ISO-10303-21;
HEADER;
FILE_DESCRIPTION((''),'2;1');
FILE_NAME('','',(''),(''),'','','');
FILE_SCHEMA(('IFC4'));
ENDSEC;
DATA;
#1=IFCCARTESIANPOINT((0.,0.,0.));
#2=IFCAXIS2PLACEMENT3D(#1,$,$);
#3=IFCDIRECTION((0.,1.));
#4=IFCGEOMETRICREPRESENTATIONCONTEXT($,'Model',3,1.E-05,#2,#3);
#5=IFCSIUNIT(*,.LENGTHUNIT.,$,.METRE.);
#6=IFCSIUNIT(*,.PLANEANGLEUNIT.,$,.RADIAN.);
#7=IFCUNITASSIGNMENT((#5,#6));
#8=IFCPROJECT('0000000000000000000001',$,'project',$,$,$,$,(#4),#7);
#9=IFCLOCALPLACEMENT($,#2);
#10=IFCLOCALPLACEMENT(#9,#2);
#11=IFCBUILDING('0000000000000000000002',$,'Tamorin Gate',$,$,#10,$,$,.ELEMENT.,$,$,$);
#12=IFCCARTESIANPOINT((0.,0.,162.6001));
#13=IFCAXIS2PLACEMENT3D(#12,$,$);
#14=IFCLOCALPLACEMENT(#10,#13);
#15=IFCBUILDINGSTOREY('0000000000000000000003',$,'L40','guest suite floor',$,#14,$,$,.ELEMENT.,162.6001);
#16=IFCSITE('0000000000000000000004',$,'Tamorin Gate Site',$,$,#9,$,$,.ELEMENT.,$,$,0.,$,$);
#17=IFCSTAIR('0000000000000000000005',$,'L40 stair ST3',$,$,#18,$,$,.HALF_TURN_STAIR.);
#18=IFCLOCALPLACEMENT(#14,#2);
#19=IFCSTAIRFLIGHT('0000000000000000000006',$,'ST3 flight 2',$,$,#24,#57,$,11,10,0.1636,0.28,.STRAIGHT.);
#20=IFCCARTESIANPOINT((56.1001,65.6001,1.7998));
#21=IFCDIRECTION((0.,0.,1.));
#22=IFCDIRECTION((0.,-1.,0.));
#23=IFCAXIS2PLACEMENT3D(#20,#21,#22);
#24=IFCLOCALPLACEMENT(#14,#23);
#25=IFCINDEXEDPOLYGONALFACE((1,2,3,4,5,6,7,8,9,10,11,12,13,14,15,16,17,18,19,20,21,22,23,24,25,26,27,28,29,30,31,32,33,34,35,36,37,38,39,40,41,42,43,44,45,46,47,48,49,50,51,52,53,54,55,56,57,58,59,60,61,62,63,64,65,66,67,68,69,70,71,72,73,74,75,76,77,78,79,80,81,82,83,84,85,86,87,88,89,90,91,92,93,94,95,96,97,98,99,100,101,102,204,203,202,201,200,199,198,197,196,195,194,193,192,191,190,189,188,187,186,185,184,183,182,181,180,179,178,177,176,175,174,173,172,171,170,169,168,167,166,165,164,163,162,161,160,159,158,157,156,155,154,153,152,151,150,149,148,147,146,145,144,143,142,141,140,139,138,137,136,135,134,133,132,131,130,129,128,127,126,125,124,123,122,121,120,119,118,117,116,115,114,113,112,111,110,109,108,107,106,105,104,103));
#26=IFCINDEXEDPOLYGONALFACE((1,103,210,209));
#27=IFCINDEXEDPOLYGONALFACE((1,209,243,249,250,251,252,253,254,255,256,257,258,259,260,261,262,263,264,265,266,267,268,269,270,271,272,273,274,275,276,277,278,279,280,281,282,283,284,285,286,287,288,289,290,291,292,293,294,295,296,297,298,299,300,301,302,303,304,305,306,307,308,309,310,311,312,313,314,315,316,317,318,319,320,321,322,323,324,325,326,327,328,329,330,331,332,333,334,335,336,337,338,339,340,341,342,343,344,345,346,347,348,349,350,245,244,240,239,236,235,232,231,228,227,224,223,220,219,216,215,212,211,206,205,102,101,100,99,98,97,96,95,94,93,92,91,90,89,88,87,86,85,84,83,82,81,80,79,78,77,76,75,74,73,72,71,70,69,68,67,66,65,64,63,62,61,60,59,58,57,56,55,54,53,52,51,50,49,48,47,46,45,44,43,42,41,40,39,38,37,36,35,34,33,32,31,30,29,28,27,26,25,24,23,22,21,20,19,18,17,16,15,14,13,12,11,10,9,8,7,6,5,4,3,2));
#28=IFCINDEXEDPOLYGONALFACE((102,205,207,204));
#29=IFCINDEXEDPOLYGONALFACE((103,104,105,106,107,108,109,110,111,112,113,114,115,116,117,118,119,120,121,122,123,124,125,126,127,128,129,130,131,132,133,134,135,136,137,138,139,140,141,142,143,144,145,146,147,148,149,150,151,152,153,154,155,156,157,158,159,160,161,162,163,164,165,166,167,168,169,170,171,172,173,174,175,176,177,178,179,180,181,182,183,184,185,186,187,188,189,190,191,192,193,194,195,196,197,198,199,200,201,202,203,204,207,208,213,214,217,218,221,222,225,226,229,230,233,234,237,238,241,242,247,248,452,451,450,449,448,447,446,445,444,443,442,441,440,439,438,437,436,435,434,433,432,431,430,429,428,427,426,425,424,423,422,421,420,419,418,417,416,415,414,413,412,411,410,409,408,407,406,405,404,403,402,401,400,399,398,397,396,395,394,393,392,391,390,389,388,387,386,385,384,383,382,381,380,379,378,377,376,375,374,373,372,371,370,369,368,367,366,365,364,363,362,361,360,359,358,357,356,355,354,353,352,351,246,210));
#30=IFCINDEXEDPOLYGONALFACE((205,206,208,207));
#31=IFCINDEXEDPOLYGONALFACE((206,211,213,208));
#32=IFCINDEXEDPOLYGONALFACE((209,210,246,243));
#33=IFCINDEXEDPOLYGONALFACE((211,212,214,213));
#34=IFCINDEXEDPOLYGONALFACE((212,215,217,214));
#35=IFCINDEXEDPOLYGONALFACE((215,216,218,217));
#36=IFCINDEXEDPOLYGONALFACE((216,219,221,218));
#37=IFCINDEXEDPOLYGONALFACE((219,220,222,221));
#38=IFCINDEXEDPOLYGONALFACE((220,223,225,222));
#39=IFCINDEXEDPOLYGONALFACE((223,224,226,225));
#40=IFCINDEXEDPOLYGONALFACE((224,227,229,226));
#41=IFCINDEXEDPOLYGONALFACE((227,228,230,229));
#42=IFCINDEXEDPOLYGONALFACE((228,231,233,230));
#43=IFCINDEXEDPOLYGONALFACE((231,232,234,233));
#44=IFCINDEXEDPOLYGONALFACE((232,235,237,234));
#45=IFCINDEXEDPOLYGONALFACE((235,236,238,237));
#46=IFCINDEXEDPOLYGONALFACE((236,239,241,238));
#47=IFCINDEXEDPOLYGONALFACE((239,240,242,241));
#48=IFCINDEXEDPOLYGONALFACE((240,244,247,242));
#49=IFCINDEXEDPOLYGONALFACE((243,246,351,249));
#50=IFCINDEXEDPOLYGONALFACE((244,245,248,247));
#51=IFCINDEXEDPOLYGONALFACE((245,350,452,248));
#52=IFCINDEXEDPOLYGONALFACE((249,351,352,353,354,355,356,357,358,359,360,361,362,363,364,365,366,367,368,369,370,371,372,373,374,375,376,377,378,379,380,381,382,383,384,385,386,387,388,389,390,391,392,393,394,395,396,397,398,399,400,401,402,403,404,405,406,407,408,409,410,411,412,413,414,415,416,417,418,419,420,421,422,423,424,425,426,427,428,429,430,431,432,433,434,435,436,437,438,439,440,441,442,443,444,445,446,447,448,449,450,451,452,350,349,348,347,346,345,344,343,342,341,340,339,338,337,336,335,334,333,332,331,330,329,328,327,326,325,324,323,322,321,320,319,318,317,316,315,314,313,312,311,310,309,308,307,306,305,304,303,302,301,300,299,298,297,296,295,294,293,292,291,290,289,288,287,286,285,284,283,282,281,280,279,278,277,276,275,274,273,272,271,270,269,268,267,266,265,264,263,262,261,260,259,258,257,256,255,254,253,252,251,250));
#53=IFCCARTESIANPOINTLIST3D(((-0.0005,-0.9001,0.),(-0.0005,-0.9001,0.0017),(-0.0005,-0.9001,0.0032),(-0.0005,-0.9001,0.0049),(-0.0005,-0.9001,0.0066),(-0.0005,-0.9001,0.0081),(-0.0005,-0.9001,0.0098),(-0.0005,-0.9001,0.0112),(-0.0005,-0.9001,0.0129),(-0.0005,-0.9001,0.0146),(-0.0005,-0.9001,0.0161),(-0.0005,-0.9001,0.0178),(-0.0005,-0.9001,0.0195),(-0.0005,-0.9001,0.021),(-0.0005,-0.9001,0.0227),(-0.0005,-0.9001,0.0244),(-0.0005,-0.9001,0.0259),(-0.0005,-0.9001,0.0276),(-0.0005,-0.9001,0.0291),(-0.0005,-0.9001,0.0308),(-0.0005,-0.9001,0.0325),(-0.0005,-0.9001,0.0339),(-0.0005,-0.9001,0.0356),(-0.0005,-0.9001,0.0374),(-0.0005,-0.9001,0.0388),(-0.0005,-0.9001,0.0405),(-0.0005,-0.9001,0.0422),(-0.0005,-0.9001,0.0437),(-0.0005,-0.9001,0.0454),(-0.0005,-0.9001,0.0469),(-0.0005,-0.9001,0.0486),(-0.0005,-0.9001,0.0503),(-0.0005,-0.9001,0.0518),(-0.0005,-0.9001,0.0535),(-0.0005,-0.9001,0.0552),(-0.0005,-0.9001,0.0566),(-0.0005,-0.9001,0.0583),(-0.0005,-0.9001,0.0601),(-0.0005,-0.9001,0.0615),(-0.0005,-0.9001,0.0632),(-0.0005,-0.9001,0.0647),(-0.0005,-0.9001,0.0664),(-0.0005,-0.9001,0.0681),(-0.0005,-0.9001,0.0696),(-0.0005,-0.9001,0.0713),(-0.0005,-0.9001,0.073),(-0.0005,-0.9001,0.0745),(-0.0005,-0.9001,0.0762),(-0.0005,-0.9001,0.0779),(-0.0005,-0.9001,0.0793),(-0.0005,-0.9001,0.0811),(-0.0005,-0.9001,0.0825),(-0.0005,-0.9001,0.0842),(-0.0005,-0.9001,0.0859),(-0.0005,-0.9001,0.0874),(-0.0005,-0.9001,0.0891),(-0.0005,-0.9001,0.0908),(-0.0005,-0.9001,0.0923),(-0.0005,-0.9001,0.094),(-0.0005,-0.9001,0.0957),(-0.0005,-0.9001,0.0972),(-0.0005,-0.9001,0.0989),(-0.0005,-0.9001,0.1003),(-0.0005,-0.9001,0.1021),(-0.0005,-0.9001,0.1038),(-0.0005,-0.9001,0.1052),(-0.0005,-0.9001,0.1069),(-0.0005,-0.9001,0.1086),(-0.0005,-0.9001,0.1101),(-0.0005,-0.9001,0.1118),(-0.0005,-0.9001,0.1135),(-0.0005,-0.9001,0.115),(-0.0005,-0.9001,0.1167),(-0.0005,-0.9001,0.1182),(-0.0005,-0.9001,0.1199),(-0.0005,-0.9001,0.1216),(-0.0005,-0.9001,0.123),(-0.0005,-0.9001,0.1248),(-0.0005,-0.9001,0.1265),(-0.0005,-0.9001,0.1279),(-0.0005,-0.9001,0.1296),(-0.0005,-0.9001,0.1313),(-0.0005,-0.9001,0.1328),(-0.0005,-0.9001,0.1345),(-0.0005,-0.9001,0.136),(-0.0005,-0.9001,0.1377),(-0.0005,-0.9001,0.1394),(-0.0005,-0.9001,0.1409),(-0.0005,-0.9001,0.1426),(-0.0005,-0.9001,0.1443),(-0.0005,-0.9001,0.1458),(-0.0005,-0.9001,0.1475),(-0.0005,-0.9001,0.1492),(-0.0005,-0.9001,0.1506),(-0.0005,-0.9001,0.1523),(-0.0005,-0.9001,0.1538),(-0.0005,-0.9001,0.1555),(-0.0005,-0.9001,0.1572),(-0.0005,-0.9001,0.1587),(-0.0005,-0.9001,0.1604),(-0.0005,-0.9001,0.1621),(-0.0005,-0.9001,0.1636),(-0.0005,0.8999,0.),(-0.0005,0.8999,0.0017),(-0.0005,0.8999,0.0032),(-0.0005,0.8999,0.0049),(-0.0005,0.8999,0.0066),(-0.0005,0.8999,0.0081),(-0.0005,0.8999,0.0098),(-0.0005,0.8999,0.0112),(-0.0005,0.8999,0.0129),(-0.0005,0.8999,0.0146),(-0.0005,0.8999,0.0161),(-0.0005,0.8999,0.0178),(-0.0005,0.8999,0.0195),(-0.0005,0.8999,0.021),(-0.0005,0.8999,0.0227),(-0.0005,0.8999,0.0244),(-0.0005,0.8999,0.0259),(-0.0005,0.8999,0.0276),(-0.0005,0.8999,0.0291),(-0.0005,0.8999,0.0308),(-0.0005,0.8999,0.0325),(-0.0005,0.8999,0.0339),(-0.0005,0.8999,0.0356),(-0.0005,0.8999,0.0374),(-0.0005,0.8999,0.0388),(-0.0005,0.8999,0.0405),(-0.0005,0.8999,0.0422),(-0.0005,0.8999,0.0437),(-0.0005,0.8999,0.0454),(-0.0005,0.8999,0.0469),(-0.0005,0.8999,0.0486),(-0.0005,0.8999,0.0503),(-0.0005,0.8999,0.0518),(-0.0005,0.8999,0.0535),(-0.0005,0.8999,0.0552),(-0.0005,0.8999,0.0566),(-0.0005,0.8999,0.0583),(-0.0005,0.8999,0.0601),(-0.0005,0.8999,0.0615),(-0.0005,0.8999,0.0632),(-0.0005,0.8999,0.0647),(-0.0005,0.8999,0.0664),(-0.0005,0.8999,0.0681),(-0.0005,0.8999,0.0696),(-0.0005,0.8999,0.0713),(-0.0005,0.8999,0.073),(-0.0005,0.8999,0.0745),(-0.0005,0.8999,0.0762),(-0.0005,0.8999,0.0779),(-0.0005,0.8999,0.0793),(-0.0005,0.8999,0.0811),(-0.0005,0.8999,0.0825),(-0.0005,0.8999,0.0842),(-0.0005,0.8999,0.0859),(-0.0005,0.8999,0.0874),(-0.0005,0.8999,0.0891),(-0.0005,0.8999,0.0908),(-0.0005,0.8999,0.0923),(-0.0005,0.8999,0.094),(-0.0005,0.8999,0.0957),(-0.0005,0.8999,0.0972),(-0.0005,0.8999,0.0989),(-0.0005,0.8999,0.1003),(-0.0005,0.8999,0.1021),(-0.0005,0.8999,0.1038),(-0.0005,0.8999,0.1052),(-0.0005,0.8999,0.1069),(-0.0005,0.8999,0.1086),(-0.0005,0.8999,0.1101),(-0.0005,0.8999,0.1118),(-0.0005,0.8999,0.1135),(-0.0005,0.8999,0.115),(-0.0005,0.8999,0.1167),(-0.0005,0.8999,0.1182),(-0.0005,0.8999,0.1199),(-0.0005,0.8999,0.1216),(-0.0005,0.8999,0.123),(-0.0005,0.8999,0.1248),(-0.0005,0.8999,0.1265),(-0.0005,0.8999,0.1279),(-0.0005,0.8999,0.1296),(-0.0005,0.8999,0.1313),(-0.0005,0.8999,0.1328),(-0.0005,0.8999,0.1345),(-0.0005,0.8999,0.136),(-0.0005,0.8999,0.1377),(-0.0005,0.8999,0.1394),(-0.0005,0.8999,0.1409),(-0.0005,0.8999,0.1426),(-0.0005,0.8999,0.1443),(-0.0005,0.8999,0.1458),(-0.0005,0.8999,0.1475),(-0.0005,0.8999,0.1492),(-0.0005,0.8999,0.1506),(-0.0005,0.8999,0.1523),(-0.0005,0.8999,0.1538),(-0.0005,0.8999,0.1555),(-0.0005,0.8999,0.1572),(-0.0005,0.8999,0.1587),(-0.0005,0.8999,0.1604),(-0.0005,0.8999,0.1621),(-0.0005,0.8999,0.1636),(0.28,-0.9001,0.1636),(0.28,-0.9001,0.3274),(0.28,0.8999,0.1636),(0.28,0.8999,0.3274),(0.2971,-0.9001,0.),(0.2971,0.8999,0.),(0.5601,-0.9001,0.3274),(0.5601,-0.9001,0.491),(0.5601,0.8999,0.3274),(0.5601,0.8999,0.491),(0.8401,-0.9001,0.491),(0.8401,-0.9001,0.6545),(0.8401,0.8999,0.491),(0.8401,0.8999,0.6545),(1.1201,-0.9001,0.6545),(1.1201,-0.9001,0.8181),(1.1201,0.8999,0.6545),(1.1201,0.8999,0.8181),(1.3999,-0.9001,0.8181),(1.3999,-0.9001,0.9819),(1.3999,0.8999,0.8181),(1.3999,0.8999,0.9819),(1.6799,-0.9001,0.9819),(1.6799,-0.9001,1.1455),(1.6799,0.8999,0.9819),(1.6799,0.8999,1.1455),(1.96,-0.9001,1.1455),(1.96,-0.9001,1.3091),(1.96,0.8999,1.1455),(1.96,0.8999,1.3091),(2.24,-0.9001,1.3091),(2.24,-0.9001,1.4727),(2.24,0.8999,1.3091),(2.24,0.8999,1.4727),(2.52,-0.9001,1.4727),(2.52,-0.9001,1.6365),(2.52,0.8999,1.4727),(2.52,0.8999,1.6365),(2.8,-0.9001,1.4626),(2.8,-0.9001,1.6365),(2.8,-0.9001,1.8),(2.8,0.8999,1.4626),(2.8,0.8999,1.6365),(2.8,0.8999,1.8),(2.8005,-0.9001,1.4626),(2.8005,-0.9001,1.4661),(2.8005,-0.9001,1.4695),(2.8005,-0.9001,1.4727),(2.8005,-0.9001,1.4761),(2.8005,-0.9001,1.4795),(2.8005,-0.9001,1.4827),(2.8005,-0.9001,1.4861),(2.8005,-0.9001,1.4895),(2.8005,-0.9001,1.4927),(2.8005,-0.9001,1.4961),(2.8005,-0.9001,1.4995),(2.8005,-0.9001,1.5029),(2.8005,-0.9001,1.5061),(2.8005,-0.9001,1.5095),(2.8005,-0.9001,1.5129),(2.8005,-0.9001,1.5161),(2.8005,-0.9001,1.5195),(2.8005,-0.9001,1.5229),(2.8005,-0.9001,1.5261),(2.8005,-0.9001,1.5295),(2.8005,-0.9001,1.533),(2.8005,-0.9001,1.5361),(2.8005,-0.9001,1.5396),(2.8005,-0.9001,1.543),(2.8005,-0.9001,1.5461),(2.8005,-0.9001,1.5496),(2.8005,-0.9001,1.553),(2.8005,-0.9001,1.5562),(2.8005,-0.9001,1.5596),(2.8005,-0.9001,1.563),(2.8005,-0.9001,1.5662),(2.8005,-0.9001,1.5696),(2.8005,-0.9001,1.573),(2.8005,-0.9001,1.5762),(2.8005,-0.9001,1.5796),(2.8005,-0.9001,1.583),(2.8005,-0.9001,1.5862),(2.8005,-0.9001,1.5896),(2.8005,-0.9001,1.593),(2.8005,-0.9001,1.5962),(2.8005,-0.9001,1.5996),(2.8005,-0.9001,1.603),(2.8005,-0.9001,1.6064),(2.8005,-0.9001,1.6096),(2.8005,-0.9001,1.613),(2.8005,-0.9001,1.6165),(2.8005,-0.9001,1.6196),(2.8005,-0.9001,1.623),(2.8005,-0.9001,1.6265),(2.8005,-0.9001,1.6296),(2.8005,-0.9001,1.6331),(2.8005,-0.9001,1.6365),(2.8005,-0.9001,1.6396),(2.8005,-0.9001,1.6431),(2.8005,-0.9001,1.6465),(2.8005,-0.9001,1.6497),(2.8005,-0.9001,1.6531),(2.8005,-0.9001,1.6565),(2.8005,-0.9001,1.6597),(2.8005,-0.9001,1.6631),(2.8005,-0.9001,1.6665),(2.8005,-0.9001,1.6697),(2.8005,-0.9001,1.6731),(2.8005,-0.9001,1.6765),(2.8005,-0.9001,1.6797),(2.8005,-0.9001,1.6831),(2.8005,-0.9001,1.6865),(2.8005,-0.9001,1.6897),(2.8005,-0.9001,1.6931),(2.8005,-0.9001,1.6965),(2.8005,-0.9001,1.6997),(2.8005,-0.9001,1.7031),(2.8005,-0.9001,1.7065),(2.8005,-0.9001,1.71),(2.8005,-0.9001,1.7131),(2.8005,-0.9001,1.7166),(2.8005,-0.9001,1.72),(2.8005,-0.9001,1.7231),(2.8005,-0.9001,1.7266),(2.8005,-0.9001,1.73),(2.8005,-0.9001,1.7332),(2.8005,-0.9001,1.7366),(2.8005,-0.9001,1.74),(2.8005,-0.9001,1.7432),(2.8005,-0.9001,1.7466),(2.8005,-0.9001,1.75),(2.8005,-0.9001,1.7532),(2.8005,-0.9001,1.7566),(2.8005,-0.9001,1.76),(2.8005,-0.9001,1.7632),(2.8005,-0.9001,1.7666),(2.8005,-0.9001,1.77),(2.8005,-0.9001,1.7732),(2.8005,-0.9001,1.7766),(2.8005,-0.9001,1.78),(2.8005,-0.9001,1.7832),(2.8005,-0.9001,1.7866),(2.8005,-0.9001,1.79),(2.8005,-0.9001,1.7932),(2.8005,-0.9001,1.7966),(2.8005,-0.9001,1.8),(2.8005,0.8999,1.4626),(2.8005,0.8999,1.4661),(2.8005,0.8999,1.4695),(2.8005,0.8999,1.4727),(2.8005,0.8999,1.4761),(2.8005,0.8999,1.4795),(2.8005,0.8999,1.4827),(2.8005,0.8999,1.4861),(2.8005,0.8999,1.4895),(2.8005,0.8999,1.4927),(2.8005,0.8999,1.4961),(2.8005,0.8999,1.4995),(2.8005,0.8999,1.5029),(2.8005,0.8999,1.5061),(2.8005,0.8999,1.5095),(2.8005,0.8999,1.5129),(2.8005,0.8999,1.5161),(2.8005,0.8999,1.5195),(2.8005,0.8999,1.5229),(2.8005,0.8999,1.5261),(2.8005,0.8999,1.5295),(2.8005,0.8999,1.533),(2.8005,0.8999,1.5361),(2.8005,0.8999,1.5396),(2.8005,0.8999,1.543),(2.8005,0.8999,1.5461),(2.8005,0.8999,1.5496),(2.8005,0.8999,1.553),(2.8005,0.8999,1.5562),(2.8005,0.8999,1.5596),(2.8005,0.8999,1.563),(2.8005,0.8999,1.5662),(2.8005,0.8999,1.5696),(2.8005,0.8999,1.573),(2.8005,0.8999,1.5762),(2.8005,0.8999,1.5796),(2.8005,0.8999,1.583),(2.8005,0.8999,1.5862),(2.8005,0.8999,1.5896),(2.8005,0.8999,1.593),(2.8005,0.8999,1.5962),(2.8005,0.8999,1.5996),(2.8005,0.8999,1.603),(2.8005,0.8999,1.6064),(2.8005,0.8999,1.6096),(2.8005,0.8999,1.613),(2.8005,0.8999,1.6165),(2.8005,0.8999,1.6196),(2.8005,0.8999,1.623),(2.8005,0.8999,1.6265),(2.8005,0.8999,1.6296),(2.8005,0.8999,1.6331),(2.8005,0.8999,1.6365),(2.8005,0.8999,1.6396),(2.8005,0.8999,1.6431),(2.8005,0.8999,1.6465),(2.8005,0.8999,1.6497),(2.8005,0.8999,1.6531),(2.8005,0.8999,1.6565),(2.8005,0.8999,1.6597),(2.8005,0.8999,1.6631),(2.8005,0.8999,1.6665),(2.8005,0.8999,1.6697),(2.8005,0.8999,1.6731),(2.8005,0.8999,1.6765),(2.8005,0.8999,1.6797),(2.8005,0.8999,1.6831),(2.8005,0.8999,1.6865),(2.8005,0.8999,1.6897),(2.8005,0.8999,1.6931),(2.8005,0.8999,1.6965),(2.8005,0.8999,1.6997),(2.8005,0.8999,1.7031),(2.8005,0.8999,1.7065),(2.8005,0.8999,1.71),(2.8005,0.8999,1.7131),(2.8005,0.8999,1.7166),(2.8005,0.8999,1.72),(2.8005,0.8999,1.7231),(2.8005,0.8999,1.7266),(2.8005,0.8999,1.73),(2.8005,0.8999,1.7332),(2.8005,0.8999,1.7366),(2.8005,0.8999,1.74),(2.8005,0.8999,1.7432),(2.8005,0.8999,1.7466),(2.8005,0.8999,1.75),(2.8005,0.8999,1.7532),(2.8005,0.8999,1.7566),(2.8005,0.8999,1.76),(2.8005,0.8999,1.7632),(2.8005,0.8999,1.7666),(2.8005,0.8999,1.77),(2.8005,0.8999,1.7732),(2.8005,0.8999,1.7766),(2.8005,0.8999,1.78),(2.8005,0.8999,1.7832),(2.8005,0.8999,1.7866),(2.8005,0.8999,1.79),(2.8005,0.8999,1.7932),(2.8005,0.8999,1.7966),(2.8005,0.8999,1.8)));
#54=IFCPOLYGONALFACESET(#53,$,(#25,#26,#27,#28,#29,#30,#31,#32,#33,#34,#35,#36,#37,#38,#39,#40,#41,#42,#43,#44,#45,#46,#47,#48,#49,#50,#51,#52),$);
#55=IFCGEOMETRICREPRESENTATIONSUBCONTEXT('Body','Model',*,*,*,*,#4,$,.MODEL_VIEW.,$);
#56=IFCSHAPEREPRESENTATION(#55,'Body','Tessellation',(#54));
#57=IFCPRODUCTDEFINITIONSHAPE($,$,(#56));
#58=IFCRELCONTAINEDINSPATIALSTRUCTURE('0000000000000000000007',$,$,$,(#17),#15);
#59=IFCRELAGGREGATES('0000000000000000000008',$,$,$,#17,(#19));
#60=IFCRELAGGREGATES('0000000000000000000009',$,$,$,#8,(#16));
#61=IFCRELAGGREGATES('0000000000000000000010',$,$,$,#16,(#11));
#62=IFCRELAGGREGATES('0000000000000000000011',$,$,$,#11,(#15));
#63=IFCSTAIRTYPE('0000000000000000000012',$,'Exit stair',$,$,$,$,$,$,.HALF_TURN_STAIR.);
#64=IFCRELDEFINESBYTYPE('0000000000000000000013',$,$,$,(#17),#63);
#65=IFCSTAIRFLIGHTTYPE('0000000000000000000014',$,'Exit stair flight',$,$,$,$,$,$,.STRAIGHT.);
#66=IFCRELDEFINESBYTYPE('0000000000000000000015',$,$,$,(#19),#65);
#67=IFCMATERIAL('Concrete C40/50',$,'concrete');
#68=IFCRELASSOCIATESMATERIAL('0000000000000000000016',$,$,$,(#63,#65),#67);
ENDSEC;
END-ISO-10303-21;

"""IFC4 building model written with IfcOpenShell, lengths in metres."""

from ifc_helpers import new_model, si_unit, direction, frame, origin, place, context, subcontext, project, spatial, polyline, outline, extrude, material, type_object, element, aggregate, save


model = new_model("IFC4")

# Units and contexts
model_context = context("Model", 3, precision=1e-05, world=origin(), true_north=direction((0.0, 1.0)))
body_context = subcontext(model_context, "Body", "Model", "MODEL_VIEW")
ifc_project = project(units=[si_unit("LENGTHUNIT", "METRE"), si_unit("PLANEANGLEUNIT", "RADIAN")], contexts=[model_context])

# Site, building, storey
site_placement = place(None, origin())
site = spatial("IfcSite", under=ifc_project, at=site_placement, Name="Tamorin Gate Site", CompositionType="ELEMENT", RefElevation=0.0)
building_placement = place(site_placement, origin())
building = spatial("IfcBuilding", under=site, at=building_placement, Name="Tamorin Gate", CompositionType="ELEMENT")
storey_placement = place(building_placement, frame((0.0, 0.0, 162.6001)))
storey = spatial("IfcBuildingStorey", under=building, at=storey_placement, Name="L40", Description="guest suite floor", CompositionType="ELEMENT", Elevation=162.6001)

# Shared definitions
ifc_material_1 = material(Name="Concrete C40/50", Category="concrete")

# Stair, stair flight
stair_type = type_object("IfcStairType", Name="Exit stair", PredefinedType="HALF_TURN_STAIR", material=ifc_material_1)
stair_placement = place(storey_placement, origin())
stair = element("IfcStair", 1, at=stair_placement, inside=storey, type_object=stair_type, Name="L40 stair ST3", PredefinedType="HALF_TURN_STAIR")
stair_flight_type = type_object("IfcStairFlightType", Name="Exit stair flight", PredefinedType="STRAIGHT", material=ifc_material_1)
stair_flight_placement = place(storey_placement, frame((56.1001, 65.6001, 1.7998), z_axis=(0.0, 0.0, 1.0), x_axis=(0.0, -1.0, 0.0)))
stair_flight = element("IfcStairFlight", 2, at=stair_flight_placement, type_object=stair_flight_type, Name="ST3 flight 2", NumberOfRisers=11, NumberOfTreads=10, PredefinedType="STRAIGHT", RiserHeight=0.1636, TreadLength=0.28, context=body_context, shape_type="SweptSolid", body=[
    extrude(outline(polyline([(-0.0005, 0.0), (-0.0005, 0.0017), (-0.0005, 0.0032), (-0.0005, 0.0049), (-0.0005, 0.0066), (-0.0005, 0.0081), (-0.0005, 0.0098), (-0.0005, 0.0112), (-0.0005, 0.0129), (-0.0005, 0.0146), (-0.0005, 0.0161), (-0.0005, 0.0178), (-0.0005, 0.0195), (-0.0005, 0.021), (-0.0005, 0.0227), (-0.0005, 0.0244), (-0.0005, 0.0259), (-0.0005, 0.0276), (-0.0005, 0.0291), (-0.0005, 0.0308), (-0.0005, 0.0325), (-0.0005, 0.0339), (-0.0005, 0.0356), (-0.0005, 0.0374), (-0.0005, 0.0388), (-0.0005, 0.0405), (-0.0005, 0.0422), (-0.0005, 0.0437), (-0.0005, 0.0454), (-0.0005, 0.0469), (-0.0005, 0.0486), (-0.0005, 0.0503), (-0.0005, 0.0518), (-0.0005, 0.0535), (-0.0005, 0.0552), (-0.0005, 0.0566), (-0.0005, 0.0583), (-0.0005, 0.0601), (-0.0005, 0.0615), (-0.0005, 0.0632), (-0.0005, 0.0647), (-0.0005, 0.0664), (-0.0005, 0.0681), (-0.0005, 0.0696), (-0.0005, 0.0713), (-0.0005, 0.073), (-0.0005, 0.0745), (-0.0005, 0.0762), (-0.0005, 0.0779), (-0.0005, 0.0793), (-0.0005, 0.0811), (-0.0005, 0.0825), (-0.0005, 0.0842), (-0.0005, 0.0859), (-0.0005, 0.0874), (-0.0005, 0.0891), (-0.0005, 0.0908), (-0.0005, 0.0923), (-0.0005, 0.094), (-0.0005, 0.0957), (-0.0005, 0.0972), (-0.0005, 0.0989), (-0.0005, 0.1003), (-0.0005, 0.1021), (-0.0005, 0.1038), (-0.0005, 0.1052), (-0.0005, 0.1069), (-0.0005, 0.1086), (-0.0005, 0.1101), (-0.0005, 0.1118), (-0.0005, 0.1135), (-0.0005, 0.115), (-0.0005, 0.1167), (-0.0005, 0.1182), (-0.0005, 0.1199), (-0.0005, 0.1216), (-0.0005, 0.123), (-0.0005, 0.1248), (-0.0005, 0.1265), (-0.0005, 0.1279), (-0.0005, 0.1296), (-0.0005, 0.1313), (-0.0005, 0.1328), (-0.0005, 0.1345), (-0.0005, 0.136), (-0.0005, 0.1377), (-0.0005, 0.1394), (-0.0005, 0.1409), (-0.0005, 0.1426), (-0.0005, 0.1443), (-0.0005, 0.1458), (-0.0005, 0.1475), (-0.0005, 0.1492), (-0.0005, 0.1506), (-0.0005, 0.1523), (-0.0005, 0.1538), (-0.0005, 0.1555), (-0.0005, 0.1572), (-0.0005, 0.1587), (-0.0005, 0.1604), (-0.0005, 0.1621), (-0.0005, 0.1636), (0.28, 0.1636), (0.28, 0.3274), (0.5601, 0.3274), (0.5601, 0.491), (0.8401, 0.491), (0.8401, 0.6545), (1.1201, 0.6545), (1.1201, 0.8181), (1.3999, 0.8181), (1.3999, 0.9819), (1.6799, 0.9819), (1.6799, 1.1455), (1.96, 1.1455), (1.96, 1.3091), (2.24, 1.3091), (2.24, 1.4727), (2.52, 1.4727), (2.52, 1.6365), (2.8, 1.6365), (2.8, 1.8), (2.8005, 1.8), (2.8005, 1.7966), (2.8005, 1.7932), (2.8005, 1.79), (2.8005, 1.7866), (2.8005, 1.7832), (2.8005, 1.78), (2.8005, 1.7766), (2.8005, 1.7732), (2.8005, 1.77), (2.8005, 1.7666), (2.8005, 1.7632), (2.8005, 1.76), (2.8005, 1.7566), (2.8005, 1.7532), (2.8005, 1.75), (2.8005, 1.7466), (2.8005, 1.7432), (2.8005, 1.74), (2.8005, 1.7366), (2.8005, 1.7332), (2.8005, 1.73), (2.8005, 1.7266), (2.8005, 1.7231), (2.8005, 1.72), (2.8005, 1.7166), (2.8005, 1.7131), (2.8005, 1.71), (2.8005, 1.7065), (2.8005, 1.7031), (2.8005, 1.6997), (2.8005, 1.6965), (2.8005, 1.6931), (2.8005, 1.6897), (2.8005, 1.6865), (2.8005, 1.6831), (2.8005, 1.6797), (2.8005, 1.6765), (2.8005, 1.6731), (2.8005, 1.6697), (2.8005, 1.6665), (2.8005, 1.6631), (2.8005, 1.6597), (2.8005, 1.6565), (2.8005, 1.6531), (2.8005, 1.6497), (2.8005, 1.6465), (2.8005, 1.6431), (2.8005, 1.6396), (2.8005, 1.6365), (2.8005, 1.6331), (2.8005, 1.6296), (2.8005, 1.6265), (2.8005, 1.623), (2.8005, 1.6196), (2.8005, 1.6165), (2.8005, 1.613), (2.8005, 1.6096), (2.8005, 1.6064), (2.8005, 1.603), (2.8005, 1.5996), (2.8005, 1.5962), (2.8005, 1.593), (2.8005, 1.5896), (2.8005, 1.5862), (2.8005, 1.583), (2.8005, 1.5796), (2.8005, 1.5762), (2.8005, 1.573), (2.8005, 1.5696), (2.8005, 1.5662), (2.8005, 1.563), (2.8005, 1.5596), (2.8005, 1.5562), (2.8005, 1.553), (2.8005, 1.5496), (2.8005, 1.5461), (2.8005, 1.543), (2.8005, 1.5396), (2.8005, 1.5361), (2.8005, 1.533), (2.8005, 1.5295), (2.8005, 1.5261), (2.8005, 1.5229), (2.8005, 1.5195), (2.8005, 1.5161), (2.8005, 1.5129), (2.8005, 1.5095), (2.8005, 1.5061), (2.8005, 1.5029), (2.8005, 1.4995), (2.8005, 1.4961), (2.8005, 1.4927), (2.8005, 1.4895), (2.8005, 1.4861), (2.8005, 1.4827), (2.8005, 1.4795), (2.8005, 1.4761), (2.8005, 1.4727), (2.8005, 1.4695), (2.8005, 1.4661), (2.8005, 1.4626), (2.8, 1.4626), (0.2971, 0.0), (-0.0005, 0.0)])), frame((0.0, 0.8999, 0.0), z_axis=(0.0, -1.0, 0.0), x_axis=(1.0, 0.0, 0.0)), (0.0, 0.0, 1.0), 1.8),
])
aggregate(stair, [stair_flight])

save(model, "model.ifc")
